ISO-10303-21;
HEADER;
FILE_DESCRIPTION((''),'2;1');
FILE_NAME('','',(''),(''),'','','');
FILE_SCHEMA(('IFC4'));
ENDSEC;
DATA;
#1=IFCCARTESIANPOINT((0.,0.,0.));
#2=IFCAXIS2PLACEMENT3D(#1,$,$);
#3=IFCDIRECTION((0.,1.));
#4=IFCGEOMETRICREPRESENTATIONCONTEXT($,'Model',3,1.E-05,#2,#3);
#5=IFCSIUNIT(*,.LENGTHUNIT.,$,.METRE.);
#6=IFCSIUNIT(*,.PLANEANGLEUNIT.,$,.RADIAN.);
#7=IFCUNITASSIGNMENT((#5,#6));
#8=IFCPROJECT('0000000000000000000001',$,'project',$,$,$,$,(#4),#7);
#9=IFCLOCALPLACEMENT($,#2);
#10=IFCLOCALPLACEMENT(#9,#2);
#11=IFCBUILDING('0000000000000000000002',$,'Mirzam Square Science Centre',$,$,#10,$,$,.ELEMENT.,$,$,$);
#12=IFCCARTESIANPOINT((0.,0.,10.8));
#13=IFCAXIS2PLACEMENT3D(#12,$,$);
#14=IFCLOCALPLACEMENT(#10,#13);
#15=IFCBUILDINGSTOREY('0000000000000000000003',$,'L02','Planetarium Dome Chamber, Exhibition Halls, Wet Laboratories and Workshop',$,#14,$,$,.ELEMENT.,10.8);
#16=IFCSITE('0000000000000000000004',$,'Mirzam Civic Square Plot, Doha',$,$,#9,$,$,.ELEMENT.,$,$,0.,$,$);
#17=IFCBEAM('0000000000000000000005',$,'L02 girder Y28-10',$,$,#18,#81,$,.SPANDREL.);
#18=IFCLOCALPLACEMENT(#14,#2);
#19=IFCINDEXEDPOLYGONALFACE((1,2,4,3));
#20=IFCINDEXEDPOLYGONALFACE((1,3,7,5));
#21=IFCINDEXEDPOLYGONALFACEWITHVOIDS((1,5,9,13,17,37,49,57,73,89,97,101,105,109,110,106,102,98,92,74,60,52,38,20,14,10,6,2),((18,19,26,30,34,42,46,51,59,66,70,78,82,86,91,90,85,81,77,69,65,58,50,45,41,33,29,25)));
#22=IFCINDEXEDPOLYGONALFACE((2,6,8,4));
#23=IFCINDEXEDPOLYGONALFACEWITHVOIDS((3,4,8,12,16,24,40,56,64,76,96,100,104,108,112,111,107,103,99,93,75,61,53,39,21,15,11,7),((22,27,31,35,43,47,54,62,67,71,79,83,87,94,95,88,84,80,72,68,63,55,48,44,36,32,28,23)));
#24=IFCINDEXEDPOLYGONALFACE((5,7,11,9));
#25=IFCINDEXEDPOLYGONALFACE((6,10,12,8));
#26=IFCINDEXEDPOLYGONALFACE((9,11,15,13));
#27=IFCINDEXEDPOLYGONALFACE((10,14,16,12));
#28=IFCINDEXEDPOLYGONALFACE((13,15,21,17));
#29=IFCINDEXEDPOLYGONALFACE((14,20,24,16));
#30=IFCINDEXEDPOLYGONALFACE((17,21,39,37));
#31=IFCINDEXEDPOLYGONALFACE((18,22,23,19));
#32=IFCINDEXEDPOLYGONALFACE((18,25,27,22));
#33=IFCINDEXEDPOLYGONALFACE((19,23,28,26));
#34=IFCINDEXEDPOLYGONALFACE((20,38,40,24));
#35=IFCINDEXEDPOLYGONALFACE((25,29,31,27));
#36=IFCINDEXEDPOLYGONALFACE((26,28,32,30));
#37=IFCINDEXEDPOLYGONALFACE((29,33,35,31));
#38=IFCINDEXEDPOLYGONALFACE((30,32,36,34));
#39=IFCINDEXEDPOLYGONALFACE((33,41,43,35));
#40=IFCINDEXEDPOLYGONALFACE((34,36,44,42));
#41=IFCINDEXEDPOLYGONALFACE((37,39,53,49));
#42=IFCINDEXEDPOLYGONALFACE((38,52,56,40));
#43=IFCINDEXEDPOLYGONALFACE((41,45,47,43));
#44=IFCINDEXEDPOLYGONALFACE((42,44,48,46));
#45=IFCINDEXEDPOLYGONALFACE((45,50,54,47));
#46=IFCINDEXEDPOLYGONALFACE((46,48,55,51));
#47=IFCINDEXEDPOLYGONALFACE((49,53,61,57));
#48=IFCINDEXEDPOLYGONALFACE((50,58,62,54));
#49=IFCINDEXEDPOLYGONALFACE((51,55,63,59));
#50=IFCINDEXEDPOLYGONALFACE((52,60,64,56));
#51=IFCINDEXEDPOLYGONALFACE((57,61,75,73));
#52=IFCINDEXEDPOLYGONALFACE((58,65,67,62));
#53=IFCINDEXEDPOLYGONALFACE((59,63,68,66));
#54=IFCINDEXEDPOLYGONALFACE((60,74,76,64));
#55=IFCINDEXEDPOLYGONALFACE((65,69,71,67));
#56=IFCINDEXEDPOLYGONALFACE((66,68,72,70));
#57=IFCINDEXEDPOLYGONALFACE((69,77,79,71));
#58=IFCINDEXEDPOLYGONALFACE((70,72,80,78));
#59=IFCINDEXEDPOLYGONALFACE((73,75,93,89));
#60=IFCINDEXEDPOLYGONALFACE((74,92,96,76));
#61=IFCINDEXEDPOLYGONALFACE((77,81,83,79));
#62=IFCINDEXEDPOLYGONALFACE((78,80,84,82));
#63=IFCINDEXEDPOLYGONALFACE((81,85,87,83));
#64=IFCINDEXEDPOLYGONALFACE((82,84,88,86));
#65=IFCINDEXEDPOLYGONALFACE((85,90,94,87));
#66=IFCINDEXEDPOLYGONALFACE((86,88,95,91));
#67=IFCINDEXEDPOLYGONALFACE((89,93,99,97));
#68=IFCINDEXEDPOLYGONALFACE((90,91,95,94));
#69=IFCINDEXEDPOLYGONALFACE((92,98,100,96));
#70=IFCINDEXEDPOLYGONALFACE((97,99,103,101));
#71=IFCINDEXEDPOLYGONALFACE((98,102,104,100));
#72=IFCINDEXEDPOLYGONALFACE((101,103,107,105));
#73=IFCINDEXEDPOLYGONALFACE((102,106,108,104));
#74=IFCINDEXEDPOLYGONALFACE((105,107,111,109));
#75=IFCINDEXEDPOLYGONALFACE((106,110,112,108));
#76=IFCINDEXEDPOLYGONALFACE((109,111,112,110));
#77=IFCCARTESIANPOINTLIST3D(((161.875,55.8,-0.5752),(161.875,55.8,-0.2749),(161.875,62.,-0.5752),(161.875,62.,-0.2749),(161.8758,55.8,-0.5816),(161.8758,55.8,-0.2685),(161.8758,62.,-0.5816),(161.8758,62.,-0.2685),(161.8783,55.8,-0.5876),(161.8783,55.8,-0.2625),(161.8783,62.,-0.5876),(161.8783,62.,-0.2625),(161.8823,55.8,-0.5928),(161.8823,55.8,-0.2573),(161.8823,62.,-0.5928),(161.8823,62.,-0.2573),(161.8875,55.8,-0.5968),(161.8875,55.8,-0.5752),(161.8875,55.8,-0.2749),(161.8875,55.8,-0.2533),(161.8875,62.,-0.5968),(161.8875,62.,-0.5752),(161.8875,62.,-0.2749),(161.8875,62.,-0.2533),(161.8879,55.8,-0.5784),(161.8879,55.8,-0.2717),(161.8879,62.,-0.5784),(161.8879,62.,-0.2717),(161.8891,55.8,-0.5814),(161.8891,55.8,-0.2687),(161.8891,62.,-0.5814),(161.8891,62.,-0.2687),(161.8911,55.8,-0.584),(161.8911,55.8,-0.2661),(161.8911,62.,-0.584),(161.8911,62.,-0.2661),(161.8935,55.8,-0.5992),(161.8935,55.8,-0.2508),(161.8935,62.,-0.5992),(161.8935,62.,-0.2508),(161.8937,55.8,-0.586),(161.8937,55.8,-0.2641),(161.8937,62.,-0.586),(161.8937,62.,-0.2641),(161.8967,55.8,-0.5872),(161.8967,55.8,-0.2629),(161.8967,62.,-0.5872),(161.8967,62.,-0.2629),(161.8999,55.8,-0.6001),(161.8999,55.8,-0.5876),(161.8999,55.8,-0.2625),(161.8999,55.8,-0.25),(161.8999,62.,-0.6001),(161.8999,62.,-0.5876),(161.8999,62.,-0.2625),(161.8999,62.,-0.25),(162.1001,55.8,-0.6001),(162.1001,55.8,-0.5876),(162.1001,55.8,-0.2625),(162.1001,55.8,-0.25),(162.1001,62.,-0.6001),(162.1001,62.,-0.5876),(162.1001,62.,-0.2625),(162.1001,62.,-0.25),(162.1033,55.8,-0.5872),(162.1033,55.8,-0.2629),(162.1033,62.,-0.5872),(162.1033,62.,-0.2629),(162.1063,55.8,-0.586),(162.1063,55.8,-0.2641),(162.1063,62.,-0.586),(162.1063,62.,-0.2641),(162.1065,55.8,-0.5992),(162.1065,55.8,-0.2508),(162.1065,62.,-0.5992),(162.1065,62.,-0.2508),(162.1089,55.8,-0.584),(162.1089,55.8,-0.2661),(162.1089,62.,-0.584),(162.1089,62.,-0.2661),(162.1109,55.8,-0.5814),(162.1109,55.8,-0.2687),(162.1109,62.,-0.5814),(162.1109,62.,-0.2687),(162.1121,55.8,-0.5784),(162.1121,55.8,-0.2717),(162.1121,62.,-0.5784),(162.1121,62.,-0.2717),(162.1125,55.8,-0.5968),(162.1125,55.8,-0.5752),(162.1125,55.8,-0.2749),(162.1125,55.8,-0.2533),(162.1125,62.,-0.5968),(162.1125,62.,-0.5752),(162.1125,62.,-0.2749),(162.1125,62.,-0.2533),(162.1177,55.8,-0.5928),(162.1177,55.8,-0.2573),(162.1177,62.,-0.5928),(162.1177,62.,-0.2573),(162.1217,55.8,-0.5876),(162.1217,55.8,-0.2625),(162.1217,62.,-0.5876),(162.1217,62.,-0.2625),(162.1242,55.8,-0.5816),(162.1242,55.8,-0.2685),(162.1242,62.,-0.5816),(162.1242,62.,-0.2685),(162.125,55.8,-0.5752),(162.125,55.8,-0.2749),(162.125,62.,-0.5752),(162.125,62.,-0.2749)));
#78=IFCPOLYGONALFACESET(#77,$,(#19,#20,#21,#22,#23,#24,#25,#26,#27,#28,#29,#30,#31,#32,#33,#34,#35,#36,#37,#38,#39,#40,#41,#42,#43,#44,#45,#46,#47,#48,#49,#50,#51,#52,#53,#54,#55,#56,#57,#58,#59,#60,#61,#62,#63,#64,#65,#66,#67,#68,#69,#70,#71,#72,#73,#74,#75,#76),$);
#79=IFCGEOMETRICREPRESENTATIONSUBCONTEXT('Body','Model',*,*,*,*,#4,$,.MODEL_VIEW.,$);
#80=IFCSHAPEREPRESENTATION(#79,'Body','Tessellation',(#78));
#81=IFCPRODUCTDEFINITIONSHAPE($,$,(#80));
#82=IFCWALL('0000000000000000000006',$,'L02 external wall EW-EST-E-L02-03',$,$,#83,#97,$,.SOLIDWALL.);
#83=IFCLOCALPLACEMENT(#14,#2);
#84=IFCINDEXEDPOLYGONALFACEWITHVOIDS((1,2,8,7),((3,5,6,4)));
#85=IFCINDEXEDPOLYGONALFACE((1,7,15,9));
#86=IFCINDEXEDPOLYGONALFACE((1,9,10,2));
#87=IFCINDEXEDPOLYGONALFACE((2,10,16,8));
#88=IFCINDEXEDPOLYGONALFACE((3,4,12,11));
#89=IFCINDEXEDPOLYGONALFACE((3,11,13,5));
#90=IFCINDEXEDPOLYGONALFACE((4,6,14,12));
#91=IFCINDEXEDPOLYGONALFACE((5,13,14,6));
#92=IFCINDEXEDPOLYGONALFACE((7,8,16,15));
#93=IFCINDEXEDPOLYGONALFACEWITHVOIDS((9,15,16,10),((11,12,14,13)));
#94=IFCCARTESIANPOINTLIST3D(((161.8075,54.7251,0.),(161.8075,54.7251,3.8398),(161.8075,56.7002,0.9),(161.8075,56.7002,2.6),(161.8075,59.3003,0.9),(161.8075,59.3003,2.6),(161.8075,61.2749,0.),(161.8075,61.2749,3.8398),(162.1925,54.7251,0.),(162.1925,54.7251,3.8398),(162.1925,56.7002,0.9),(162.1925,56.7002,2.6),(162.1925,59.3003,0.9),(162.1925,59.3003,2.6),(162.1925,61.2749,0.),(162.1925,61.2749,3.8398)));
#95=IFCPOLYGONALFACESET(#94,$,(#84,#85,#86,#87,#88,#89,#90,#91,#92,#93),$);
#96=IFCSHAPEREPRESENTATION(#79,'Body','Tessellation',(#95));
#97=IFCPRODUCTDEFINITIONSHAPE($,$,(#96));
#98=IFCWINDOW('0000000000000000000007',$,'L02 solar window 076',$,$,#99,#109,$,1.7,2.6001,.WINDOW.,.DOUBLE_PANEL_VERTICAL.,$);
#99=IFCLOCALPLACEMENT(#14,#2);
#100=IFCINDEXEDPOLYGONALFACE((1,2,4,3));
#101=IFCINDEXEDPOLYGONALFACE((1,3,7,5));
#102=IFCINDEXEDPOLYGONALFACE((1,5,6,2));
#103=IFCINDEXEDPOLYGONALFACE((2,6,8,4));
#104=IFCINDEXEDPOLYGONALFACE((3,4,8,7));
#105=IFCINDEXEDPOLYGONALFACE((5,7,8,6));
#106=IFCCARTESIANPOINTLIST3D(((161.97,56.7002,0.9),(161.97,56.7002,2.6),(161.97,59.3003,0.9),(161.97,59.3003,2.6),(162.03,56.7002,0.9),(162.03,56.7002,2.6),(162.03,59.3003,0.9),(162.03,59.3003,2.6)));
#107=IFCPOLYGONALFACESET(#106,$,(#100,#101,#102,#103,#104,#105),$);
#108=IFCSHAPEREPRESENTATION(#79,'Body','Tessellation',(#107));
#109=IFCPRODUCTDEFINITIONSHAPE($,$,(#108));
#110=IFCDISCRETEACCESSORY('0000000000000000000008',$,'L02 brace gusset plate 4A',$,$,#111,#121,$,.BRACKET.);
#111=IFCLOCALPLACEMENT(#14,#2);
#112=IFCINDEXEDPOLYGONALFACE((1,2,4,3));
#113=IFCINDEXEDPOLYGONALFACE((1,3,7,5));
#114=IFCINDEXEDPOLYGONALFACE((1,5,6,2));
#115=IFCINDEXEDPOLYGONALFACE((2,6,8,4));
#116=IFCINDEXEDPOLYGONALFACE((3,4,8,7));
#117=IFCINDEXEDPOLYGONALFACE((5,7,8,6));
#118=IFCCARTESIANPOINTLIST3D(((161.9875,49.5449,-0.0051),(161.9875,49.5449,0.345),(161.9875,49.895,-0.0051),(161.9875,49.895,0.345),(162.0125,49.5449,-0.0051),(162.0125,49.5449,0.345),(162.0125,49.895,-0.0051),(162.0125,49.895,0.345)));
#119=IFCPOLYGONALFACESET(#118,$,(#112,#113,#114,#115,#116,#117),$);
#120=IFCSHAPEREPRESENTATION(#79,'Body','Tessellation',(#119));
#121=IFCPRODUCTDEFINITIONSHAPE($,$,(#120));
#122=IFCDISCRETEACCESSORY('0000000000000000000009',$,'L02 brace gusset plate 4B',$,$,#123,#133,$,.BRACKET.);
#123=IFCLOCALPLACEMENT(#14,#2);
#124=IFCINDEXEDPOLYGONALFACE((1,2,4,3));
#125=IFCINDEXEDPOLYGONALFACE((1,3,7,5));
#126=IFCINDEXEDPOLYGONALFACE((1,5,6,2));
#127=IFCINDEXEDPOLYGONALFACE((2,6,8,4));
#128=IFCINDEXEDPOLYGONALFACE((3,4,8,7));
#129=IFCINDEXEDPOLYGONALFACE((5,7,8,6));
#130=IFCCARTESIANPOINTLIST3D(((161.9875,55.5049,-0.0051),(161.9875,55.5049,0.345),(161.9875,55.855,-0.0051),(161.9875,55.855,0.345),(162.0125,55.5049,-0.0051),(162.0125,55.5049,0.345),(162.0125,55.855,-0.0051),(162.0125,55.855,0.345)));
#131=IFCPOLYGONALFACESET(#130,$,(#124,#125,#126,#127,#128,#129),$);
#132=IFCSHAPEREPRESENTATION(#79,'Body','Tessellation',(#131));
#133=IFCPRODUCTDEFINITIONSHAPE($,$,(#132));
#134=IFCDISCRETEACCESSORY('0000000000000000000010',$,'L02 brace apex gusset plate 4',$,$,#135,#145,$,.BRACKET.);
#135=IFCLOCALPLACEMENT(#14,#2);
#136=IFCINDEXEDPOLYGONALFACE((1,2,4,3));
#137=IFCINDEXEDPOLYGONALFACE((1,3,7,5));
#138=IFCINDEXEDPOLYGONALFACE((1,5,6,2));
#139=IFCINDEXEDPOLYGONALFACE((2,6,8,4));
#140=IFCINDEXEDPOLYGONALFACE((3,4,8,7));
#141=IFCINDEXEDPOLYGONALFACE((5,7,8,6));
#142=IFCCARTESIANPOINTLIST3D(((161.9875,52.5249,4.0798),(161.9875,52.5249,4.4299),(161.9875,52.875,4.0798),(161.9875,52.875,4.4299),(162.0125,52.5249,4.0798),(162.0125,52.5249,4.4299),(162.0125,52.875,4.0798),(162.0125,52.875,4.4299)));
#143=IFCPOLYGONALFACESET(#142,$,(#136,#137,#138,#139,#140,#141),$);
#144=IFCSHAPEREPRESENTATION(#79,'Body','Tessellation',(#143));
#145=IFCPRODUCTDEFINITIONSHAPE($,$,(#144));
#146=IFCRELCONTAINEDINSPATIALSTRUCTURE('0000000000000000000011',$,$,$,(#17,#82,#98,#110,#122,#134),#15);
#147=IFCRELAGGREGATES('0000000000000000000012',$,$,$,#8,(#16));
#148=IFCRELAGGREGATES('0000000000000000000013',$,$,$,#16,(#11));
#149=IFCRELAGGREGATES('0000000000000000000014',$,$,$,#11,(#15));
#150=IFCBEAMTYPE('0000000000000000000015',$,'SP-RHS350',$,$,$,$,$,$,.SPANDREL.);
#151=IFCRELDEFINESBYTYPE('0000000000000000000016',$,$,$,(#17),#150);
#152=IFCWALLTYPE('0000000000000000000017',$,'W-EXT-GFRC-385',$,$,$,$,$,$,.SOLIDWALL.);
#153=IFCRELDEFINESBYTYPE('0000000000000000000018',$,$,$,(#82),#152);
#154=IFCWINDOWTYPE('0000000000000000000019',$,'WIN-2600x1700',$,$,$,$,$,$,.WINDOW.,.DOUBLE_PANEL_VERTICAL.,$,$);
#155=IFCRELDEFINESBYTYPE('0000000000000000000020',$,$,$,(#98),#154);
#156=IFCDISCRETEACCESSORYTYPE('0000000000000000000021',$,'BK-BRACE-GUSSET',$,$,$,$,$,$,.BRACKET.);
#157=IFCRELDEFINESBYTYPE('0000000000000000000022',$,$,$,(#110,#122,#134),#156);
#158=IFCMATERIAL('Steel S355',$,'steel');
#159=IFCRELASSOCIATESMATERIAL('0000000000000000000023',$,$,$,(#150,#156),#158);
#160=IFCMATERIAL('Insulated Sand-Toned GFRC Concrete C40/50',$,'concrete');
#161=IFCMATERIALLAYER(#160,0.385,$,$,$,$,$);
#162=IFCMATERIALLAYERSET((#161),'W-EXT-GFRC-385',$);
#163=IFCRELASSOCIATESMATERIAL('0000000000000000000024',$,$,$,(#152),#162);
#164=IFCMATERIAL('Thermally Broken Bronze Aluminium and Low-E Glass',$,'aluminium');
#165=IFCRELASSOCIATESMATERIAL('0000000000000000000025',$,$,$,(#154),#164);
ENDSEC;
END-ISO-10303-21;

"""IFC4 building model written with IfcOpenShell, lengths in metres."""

from ifc_helpers import new_model, si_unit, direction, frame, frame_2d, origin, origin_2d, place, context, subcontext, project, spatial, rectangle, hollow_rectangle, extrude, material, layer, layer_set, material_profile, profile_set, type_object, element, fill, save


model = new_model("IFC4")

# Units and contexts
model_context = context("Model", 3, precision=1e-05, world=origin(), true_north=direction((0.0, 1.0)))
body_context = subcontext(model_context, "Body", "Model", "MODEL_VIEW")
ifc_project = project(units=[si_unit("LENGTHUNIT", "METRE"), si_unit("PLANEANGLEUNIT", "RADIAN")], contexts=[model_context])

# Site, building, storey
site_placement = place(None, origin())
site = spatial("IfcSite", under=ifc_project, at=site_placement, Name="Mirzam Civic Square Plot, Doha", CompositionType="ELEMENT", RefElevation=0.0)
building_placement = place(site_placement, origin())
building = spatial("IfcBuilding", under=site, at=building_placement, Name="Mirzam Square Science Centre", CompositionType="ELEMENT")
storey_placement = place(building_placement, frame((0.0, 0.0, 10.8)))
storey = spatial("IfcBuildingStorey", under=building, at=storey_placement, Name="L02", Description="Planetarium Dome Chamber, Exhibition Halls, Wet Laboratories and Workshop", CompositionType="ELEMENT", Elevation=10.8)

# Shared definitions
ifc_material_1 = material(Name="Steel S355", Category="steel")

# Beam
ifc_material_profile_1 = material_profile(ifc_material_1, hollow_rectangle(XDim=0.25, YDim=0.3501, WallThickness=0.0125, InnerFilletRadius=0.0125, OuterFilletRadius=0.0249, at=origin_2d()), Name="350x250x12.5RHS")
ifc_profile_set_1 = profile_set([ifc_material_profile_1], Name="Steel S355")
beam_type_1 = type_object("IfcBeamType", Name="SP-RHS350", PredefinedType="SPANDREL", material=ifc_profile_set_1)
for number, where, z_axis, x_axis, name in (
    (1, (162.0, 55.8, -0.425), (0.0, 1.0, 0.0), (-1.0, 0.0, 0.0), "L02 girder Y28-10"),
):
    element("IfcBeam", number, at=place(storey_placement, frame(where, z_axis=z_axis, x_axis=x_axis)), inside=storey, type_object=beam_type_1, Name=name, PredefinedType="SPANDREL", context=body_context, shape_type="SweptSolid", body=[
        extrude(hollow_rectangle(XDim=0.25, YDim=0.3501, WallThickness=0.0125, InnerFilletRadius=0.0125, OuterFilletRadius=0.0249, at=origin_2d()), origin(), (0.0, 0.0, 1.0), 6.2),
    ])

# Wall, opening, window
ifc_material_2 = material(Name="Insulated Sand-Toned GFRC Concrete C40/50", Category="concrete")
ifc_layer_1 = layer(ifc_material_2, 0.385)
ifc_layer_set_1 = layer_set([ifc_layer_1], Name="W-EXT-GFRC-385")
wall_type = type_object("IfcWallType", Name="W-EXT-GFRC-385", PredefinedType="SOLIDWALL", material=ifc_layer_set_1)
wall_placement = place(storey_placement, frame((162.0, 54.7251, 0.0), z_axis=(0.0, 0.0, 1.0), x_axis=(0.0, 1.0, 0.0)))
wall = element("IfcWall", 2, at=wall_placement, inside=storey, type_object=wall_type, Name="L02 external wall EW-EST-E-L02-03", PredefinedType="SOLIDWALL", context=body_context, shape_type="SweptSolid", body=[
    extrude(rectangle(XDim=6.5498, YDim=0.385, at=frame_2d((3.2749, 0.0))), origin(), (0.0, 0.0, 1.0), 3.8398),
])
opening_placement = place(wall_placement, frame((1.9751, 0.0, 0.8999)))
opening = element("IfcOpeningElement", 3, at=opening_placement, cuts=wall, PredefinedType="OPENING", context=body_context, shape_type="SweptSolid", body=[
    extrude(rectangle(XDim=2.6001, YDim=1.7, at=frame_2d((1.3, 0.8501))), frame((0.0, 0.2024, 0.0), z_axis=(0.0, -1.0, 0.0), x_axis=(1.0, 0.0, 0.0)), (0.0, 0.0, 1.0), 0.405),
])
ifc_material_3 = material(Name="Thermally Broken Bronze Aluminium and Low-E Glass", Category="aluminium")
window_type = type_object("IfcWindowType", Name="WIN-2600x1700", PartitioningType="DOUBLE_PANEL_VERTICAL", PredefinedType="WINDOW", material=ifc_material_3)
window_placement = place(opening_placement, origin())
window = element("IfcWindow", 4, at=window_placement, inside=storey, type_object=window_type, Name="L02 solar window 076", OverallHeight=1.7, OverallWidth=2.6001, PartitioningType="DOUBLE_PANEL_VERTICAL", PredefinedType="WINDOW", context=body_context, shape_type="SweptSolid", body=[
    extrude(rectangle(XDim=2.6001, YDim=1.7, at=frame_2d((1.3, 0.8501))), frame((0.0, 0.03, 0.0), z_axis=(0.0, -1.0, 0.0), x_axis=(1.0, 0.0, 0.0)), (0.0, 0.0, 1.0), 0.0601),
])
fill(opening, window)

# Discrete accessories
discrete_accessory_type = type_object("IfcDiscreteAccessoryType", Name="BK-BRACE-GUSSET", PredefinedType="BRACKET", material=ifc_material_1)
for number, where, z_axis, x_axis, name in (
    (5, (162.0, 49.72, -0.0051), (0.0, 0.0, 1.0), (0.0, 1.0, 0.0), "L02 brace gusset plate 4A"),
    (6, (162.0, 55.6799, -0.0051), (0.0, 0.0, 1.0), (0.0, 1.0, 0.0), "L02 brace gusset plate 4B"),
    (7, (162.0, 52.7, 4.0798), (0.0, 0.0, 1.0), (0.0, 1.0, 0.0), "L02 brace apex gusset plate 4"),
):
    element("IfcDiscreteAccessory", number, at=place(storey_placement, frame(where, z_axis=z_axis, x_axis=x_axis)), inside=storey, type_object=discrete_accessory_type, Name=name, PredefinedType="BRACKET", context=body_context, shape_type="SweptSolid", body=[
        extrude(rectangle(XDim=0.3501, YDim=0.0249, at=origin_2d()), origin(), (0.0, 0.0, 1.0), 0.3501),
    ])

save(model, "model.ifc")
